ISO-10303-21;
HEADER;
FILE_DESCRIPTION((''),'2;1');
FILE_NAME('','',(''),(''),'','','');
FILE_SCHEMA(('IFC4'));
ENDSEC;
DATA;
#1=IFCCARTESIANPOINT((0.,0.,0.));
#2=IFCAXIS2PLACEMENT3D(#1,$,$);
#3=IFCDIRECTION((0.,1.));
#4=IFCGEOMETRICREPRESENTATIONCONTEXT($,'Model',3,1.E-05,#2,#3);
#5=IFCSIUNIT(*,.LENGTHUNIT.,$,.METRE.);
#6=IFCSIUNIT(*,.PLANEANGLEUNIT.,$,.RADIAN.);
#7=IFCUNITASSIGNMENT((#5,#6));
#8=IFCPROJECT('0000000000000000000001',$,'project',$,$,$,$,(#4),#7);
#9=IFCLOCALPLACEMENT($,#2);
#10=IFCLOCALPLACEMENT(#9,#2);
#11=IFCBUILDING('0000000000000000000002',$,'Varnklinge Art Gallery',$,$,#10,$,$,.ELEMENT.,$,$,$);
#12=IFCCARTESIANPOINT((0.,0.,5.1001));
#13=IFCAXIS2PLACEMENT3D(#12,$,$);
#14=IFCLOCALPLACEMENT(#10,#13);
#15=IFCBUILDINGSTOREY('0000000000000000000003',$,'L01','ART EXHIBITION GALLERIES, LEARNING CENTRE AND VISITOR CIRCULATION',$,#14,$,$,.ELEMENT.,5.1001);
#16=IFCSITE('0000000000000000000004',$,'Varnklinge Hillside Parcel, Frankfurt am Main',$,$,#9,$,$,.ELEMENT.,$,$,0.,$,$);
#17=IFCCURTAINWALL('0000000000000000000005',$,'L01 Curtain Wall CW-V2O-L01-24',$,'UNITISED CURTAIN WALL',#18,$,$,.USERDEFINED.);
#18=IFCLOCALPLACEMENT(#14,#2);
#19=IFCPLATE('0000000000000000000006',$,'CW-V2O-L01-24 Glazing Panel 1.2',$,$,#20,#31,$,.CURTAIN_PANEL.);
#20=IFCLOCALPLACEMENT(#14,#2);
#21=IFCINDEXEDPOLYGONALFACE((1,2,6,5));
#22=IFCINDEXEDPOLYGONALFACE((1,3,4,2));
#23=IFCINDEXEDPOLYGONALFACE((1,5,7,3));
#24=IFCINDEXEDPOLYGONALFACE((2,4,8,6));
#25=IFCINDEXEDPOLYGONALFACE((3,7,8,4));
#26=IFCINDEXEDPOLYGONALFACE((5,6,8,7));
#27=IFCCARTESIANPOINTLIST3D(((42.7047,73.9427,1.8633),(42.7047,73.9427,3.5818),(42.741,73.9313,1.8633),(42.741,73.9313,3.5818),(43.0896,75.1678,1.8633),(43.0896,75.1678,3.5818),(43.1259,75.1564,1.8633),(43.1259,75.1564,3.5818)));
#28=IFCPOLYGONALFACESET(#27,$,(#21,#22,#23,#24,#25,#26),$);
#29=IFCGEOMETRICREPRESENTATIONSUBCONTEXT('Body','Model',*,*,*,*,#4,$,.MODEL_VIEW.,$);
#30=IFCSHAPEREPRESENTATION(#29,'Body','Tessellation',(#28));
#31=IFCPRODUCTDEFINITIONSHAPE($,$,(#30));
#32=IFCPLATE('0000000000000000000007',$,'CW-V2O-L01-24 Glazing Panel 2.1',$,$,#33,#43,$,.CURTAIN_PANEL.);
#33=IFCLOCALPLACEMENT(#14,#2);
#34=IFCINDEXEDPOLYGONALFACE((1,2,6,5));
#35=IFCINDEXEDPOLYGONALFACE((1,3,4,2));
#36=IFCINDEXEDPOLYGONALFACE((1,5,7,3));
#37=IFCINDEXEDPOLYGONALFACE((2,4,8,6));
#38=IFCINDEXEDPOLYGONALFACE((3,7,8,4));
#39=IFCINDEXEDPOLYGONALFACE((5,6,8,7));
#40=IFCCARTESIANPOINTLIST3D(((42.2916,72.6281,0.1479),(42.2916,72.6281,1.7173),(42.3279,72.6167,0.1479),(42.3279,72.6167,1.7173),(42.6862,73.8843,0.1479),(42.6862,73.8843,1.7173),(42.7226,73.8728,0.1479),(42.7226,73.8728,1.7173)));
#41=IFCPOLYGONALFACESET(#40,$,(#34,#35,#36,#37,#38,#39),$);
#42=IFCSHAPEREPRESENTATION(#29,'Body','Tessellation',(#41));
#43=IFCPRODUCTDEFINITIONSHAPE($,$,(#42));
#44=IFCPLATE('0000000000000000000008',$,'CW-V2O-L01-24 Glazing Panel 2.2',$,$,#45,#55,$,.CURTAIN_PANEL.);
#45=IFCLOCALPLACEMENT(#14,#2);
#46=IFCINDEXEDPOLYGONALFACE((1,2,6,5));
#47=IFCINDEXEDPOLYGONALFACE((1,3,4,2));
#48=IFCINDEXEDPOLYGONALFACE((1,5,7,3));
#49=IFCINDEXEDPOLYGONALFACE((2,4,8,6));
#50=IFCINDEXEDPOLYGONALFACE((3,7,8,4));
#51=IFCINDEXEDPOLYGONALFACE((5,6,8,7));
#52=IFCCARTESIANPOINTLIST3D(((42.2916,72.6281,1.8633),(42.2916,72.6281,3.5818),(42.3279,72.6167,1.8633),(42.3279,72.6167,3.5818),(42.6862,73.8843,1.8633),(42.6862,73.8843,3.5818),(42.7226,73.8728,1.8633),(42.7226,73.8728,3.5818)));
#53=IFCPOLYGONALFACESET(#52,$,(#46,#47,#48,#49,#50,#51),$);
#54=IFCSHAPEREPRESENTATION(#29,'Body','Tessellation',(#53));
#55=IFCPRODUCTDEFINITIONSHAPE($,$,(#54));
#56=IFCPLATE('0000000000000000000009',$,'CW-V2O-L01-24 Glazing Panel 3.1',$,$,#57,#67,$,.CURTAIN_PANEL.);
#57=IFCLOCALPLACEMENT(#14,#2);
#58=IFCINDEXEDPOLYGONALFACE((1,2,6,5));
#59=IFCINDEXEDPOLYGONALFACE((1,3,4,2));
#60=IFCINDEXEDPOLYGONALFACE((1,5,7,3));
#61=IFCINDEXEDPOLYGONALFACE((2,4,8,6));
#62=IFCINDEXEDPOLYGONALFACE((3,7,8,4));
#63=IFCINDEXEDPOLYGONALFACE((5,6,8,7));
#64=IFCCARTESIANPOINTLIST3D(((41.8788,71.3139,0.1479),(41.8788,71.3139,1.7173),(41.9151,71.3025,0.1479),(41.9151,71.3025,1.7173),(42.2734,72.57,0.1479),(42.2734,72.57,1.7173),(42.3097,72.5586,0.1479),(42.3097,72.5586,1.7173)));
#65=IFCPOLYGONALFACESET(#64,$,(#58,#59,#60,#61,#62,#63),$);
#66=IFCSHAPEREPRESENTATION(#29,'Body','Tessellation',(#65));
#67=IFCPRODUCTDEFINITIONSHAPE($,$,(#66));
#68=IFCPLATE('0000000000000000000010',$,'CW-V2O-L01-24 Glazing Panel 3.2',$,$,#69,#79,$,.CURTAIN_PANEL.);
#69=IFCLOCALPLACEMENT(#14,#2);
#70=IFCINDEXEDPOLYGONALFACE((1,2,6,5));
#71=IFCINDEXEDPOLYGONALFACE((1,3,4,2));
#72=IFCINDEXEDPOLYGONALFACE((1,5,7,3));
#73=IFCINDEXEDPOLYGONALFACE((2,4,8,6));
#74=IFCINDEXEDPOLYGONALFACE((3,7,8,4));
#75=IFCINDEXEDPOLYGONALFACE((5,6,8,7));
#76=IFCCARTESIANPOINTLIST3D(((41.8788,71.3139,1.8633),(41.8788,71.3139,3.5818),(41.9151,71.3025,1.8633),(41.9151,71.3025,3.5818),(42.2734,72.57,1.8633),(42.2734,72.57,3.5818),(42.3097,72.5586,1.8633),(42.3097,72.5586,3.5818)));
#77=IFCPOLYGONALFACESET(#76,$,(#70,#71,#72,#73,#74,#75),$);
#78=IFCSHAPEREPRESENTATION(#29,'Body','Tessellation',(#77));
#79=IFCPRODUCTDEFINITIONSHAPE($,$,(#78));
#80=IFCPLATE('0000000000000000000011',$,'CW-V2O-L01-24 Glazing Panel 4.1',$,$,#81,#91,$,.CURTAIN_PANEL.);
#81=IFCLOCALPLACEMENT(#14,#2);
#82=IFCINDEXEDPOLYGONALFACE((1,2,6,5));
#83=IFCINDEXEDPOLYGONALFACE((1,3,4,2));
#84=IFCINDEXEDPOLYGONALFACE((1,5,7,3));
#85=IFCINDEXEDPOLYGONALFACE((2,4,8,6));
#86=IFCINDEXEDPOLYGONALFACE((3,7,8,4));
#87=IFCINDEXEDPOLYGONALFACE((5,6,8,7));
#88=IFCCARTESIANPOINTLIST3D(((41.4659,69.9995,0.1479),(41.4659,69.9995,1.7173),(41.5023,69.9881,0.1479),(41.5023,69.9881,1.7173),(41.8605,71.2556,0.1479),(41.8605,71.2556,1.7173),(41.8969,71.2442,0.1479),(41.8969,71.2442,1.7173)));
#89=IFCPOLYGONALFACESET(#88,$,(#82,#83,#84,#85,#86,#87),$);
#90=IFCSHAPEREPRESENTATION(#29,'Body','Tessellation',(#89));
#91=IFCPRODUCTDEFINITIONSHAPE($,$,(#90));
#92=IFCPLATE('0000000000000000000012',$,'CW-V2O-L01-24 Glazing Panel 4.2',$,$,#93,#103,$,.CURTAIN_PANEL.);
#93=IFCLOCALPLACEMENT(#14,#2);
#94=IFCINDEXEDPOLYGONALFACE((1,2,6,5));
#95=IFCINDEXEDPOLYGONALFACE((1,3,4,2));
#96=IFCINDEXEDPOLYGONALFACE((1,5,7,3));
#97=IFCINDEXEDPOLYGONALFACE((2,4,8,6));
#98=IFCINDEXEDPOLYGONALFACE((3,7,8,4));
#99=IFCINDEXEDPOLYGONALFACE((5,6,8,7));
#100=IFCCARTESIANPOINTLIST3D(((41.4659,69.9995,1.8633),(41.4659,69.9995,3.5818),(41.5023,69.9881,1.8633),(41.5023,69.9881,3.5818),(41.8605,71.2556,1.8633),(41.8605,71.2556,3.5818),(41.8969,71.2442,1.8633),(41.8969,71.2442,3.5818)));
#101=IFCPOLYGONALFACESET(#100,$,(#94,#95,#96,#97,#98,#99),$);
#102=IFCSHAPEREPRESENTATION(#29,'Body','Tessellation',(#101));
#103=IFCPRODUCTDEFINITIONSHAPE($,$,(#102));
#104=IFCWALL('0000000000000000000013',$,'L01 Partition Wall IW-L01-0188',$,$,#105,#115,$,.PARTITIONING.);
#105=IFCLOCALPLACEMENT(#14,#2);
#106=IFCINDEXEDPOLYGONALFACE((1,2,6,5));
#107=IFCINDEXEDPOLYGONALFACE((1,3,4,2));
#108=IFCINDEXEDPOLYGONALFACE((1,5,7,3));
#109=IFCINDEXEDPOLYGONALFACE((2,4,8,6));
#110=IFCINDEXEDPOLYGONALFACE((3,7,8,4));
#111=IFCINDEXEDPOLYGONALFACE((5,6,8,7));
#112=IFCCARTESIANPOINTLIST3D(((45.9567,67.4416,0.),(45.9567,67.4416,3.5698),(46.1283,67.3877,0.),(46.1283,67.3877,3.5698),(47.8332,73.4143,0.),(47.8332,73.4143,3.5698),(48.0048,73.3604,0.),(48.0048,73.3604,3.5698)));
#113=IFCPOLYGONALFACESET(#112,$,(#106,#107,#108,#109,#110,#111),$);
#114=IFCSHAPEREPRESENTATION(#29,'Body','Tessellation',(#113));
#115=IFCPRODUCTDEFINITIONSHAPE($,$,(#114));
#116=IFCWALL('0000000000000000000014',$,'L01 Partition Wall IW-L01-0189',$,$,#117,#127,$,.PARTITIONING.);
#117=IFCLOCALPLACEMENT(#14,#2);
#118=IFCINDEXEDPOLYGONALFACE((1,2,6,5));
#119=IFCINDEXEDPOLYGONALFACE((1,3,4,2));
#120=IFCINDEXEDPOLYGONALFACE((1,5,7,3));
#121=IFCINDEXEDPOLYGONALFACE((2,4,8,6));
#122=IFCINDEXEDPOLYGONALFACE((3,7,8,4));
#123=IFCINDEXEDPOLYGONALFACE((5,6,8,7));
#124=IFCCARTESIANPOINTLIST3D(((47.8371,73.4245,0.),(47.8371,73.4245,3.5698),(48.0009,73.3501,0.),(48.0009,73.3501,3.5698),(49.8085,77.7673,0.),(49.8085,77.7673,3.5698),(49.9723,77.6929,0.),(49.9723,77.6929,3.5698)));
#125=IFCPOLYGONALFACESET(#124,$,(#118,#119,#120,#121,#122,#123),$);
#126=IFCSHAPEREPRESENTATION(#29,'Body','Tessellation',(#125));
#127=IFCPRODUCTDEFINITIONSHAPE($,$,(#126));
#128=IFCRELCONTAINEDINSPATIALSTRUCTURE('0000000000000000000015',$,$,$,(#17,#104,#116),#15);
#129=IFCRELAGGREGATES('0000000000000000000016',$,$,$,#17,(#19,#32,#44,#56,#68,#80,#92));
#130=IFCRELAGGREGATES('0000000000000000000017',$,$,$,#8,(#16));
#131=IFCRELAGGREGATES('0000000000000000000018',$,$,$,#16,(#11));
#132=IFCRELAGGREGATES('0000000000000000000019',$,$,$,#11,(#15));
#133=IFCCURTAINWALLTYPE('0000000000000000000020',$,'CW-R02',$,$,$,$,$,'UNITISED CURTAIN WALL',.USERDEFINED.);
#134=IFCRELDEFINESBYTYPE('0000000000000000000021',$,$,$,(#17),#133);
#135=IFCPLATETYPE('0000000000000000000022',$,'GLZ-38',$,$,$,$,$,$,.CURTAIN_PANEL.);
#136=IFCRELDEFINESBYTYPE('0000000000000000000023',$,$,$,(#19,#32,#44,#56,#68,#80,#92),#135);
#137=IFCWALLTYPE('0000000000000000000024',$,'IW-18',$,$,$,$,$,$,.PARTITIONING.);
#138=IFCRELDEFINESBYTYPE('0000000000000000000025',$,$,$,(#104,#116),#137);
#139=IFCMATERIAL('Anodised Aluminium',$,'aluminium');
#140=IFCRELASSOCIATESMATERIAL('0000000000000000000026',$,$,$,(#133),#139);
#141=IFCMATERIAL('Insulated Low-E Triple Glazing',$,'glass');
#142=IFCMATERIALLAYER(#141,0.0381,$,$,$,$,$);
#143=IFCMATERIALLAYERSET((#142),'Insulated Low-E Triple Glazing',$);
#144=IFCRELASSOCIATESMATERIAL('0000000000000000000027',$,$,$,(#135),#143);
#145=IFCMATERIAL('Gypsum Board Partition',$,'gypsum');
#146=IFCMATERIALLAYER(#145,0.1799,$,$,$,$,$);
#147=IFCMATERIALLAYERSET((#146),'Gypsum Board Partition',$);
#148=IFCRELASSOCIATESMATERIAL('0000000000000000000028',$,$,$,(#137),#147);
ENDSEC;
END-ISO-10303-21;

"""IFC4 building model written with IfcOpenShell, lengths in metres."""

from ifc_helpers import new_model, si_unit, direction, frame, frame_2d, origin, origin_2d, place, context, subcontext, project, spatial, rectangle, extrude, material, layer, layer_set, type_object, element, aggregate, save


model = new_model("IFC4")

# Units and contexts
model_context = context("Model", 3, precision=1e-05, world=origin(), true_north=direction((0.0, 1.0)))
body_context = subcontext(model_context, "Body", "Model", "MODEL_VIEW")
ifc_project = project(units=[si_unit("LENGTHUNIT", "METRE"), si_unit("PLANEANGLEUNIT", "RADIAN")], contexts=[model_context])

# Site, building, storey
site_placement = place(None, origin())
site = spatial("IfcSite", under=ifc_project, at=site_placement, Name="Varnklinge Hillside Parcel, Frankfurt am Main", CompositionType="ELEMENT", RefElevation=0.0)
building_placement = place(site_placement, origin())
building = spatial("IfcBuilding", under=site, at=building_placement, Name="Varnklinge Art Gallery", CompositionType="ELEMENT")
storey_placement = place(building_placement, frame((0.0, 0.0, 5.1001)))
storey = spatial("IfcBuildingStorey", under=building, at=storey_placement, Name="L01", Description="ART EXHIBITION GALLERIES, LEARNING CENTRE AND VISITOR CIRCULATION", CompositionType="ELEMENT", Elevation=5.1001)

# Curtain wall
ifc_material_1 = material(Name="Anodised Aluminium", Category="aluminium")
curtain_wall_type_1 = type_object("IfcCurtainWallType", Name="CW-R02", ElementType="UNITISED CURTAIN WALL", PredefinedType="USERDEFINED", material=ifc_material_1)
curtain_wall_1_placement = place(storey_placement, origin())
curtain_wall_1 = element("IfcCurtainWall", 1, at=curtain_wall_1_placement, inside=storey, type_object=curtain_wall_type_1, Name="L01 Curtain Wall CW-V2O-L01-24", ObjectType="UNITISED CURTAIN WALL", PredefinedType="USERDEFINED")

# Plates
ifc_material_2 = material(Name="Insulated Low-E Triple Glazing", Category="glass")
ifc_layer_1 = layer(ifc_material_2, 0.0381)
ifc_layer_set_1 = layer_set([ifc_layer_1], Name="Insulated Low-E Triple Glazing")
plate_type_1 = type_object("IfcPlateType", Name="GLZ-38", PredefinedType="CURTAIN_PANEL", material=ifc_layer_set_1)
plate_1_placement = place(storey_placement, frame((42.9153, 74.5496, 1.8633), z_axis=(0.0, 0.0, 1.0), x_axis=(-0.299707, -0.954031, 0.0)))
plate_1 = element("IfcPlate", 2, at=plate_1_placement, type_object=plate_type_1, Name="CW-V2O-L01-24 Glazing Panel 1.2", PredefinedType="CURTAIN_PANEL", context=body_context, shape_type="SweptSolid", body=[
    extrude(rectangle(XDim=1.2842, YDim=0.0381, at=origin_2d()), origin(), (0.0, 0.0, 1.0), 1.7185),
])
plate_2_placement = place(storey_placement, frame((42.5071, 73.2505, 0.1479), z_axis=(0.0, 0.0, 1.0), x_axis=(-0.299707, -0.954031, 0.0)))
plate_2 = element("IfcPlate", 3, at=plate_2_placement, type_object=plate_type_1, Name="CW-V2O-L01-24 Glazing Panel 2.1", PredefinedType="CURTAIN_PANEL", context=body_context, shape_type="SweptSolid", body=[
    extrude(rectangle(XDim=1.3167, YDim=0.0381, at=origin_2d()), origin(), (0.0, 0.0, 1.0), 1.5693),
])
plate_3_placement = place(storey_placement, frame((42.5071, 73.2505, 1.8633), z_axis=(0.0, 0.0, 1.0), x_axis=(-0.299707, -0.954031, 0.0)))
plate_3 = element("IfcPlate", 4, at=plate_3_placement, type_object=plate_type_1, Name="CW-V2O-L01-24 Glazing Panel 2.2", PredefinedType="CURTAIN_PANEL", context=body_context, shape_type="SweptSolid", body=[
    extrude(rectangle(XDim=1.3167, YDim=0.0381, at=origin_2d()), origin(), (0.0, 0.0, 1.0), 1.7185),
])
plate_4_placement = place(storey_placement, frame((42.0942, 71.9363, 0.1479), z_axis=(0.0, 0.0, 1.0), x_axis=(-0.299707, -0.954031, 0.0)))
plate_4 = element("IfcPlate", 5, at=plate_4_placement, type_object=plate_type_1, Name="CW-V2O-L01-24 Glazing Panel 3.1", PredefinedType="CURTAIN_PANEL", context=body_context, shape_type="SweptSolid", body=[
    extrude(rectangle(XDim=1.3167, YDim=0.0381, at=origin_2d()), origin(), (0.0, 0.0, 1.0), 1.5693),
])
plate_5_placement = place(storey_placement, frame((42.0942, 71.9363, 1.8633), z_axis=(0.0, 0.0, 1.0), x_axis=(-0.299707, -0.954031, 0.0)))
plate_5 = element("IfcPlate", 6, at=plate_5_placement, type_object=plate_type_1, Name="CW-V2O-L01-24 Glazing Panel 3.2", PredefinedType="CURTAIN_PANEL", context=body_context, shape_type="SweptSolid", body=[
    extrude(rectangle(XDim=1.3167, YDim=0.0381, at=origin_2d()), origin(), (0.0, 0.0, 1.0), 1.7185),
])
plate_6_placement = place(storey_placement, frame((41.6814, 70.6218, 0.1479), z_axis=(0.0, 0.0, 1.0), x_axis=(-0.299707, -0.954031, 0.0)))
plate_6 = element("IfcPlate", 7, at=plate_6_placement, type_object=plate_type_1, Name="CW-V2O-L01-24 Glazing Panel 4.1", PredefinedType="CURTAIN_PANEL", context=body_context, shape_type="SweptSolid", body=[
    extrude(rectangle(XDim=1.3167, YDim=0.0381, at=origin_2d()), origin(), (0.0, 0.0, 1.0), 1.5693),
])
plate_7_placement = place(storey_placement, frame((41.6814, 70.6218, 1.8633), z_axis=(0.0, 0.0, 1.0), x_axis=(-0.299707, -0.954031, 0.0)))
plate_7 = element("IfcPlate", 8, at=plate_7_placement, type_object=plate_type_1, Name="CW-V2O-L01-24 Glazing Panel 4.2", PredefinedType="CURTAIN_PANEL", context=body_context, shape_type="SweptSolid", body=[
    extrude(rectangle(XDim=1.3167, YDim=0.0381, at=origin_2d()), origin(), (0.0, 0.0, 1.0), 1.7185),
])
aggregate(curtain_wall_1, [plate_1, plate_2, plate_3, plate_4, plate_5, plate_6, plate_7])

# Walls
ifc_material_3 = material(Name="Gypsum Board Partition", Category="gypsum")
ifc_layer_2 = layer(ifc_material_3, 0.1799)
ifc_layer_set_2 = layer_set([ifc_layer_2], Name="Gypsum Board Partition")
wall_type = type_object("IfcWallType", Name="IW-18", PredefinedType="PARTITIONING", material=ifc_layer_set_2)
wall_1_placement = place(storey_placement, frame((46.0425, 67.4146, 0.0), z_axis=(0.0, 0.0, 1.0), x_axis=(0.299731, 0.954024, 0.0)))
element("IfcWall", 9, at=wall_1_placement, inside=storey, type_object=wall_type, Name="L01 Partition Wall IW-L01-0188", PredefinedType="PARTITIONING", context=body_context, shape_type="SweptSolid", body=[
    extrude(rectangle(XDim=6.2605, YDim=0.1799, at=frame_2d((3.1304, 0.0))), origin(), (0.0, 0.0, 1.0), 3.5698),
])
wall_2_placement = place(storey_placement, frame((47.9189, 73.3872, 0.0), z_axis=(0.0, 0.0, 1.0), x_axis=(0.413359, 0.910568, 0.0)))
element("IfcWall", 10, at=wall_2_placement, inside=storey, type_object=wall_type, Name="L01 Partition Wall IW-L01-0189", PredefinedType="PARTITIONING", context=body_context, shape_type="SweptSolid", body=[
    extrude(rectangle(XDim=4.7693, YDim=0.1799, at=frame_2d((2.3848, 0.0))), origin(), (0.0, 0.0, 1.0), 3.5698),
])

save(model, "model.ifc")
